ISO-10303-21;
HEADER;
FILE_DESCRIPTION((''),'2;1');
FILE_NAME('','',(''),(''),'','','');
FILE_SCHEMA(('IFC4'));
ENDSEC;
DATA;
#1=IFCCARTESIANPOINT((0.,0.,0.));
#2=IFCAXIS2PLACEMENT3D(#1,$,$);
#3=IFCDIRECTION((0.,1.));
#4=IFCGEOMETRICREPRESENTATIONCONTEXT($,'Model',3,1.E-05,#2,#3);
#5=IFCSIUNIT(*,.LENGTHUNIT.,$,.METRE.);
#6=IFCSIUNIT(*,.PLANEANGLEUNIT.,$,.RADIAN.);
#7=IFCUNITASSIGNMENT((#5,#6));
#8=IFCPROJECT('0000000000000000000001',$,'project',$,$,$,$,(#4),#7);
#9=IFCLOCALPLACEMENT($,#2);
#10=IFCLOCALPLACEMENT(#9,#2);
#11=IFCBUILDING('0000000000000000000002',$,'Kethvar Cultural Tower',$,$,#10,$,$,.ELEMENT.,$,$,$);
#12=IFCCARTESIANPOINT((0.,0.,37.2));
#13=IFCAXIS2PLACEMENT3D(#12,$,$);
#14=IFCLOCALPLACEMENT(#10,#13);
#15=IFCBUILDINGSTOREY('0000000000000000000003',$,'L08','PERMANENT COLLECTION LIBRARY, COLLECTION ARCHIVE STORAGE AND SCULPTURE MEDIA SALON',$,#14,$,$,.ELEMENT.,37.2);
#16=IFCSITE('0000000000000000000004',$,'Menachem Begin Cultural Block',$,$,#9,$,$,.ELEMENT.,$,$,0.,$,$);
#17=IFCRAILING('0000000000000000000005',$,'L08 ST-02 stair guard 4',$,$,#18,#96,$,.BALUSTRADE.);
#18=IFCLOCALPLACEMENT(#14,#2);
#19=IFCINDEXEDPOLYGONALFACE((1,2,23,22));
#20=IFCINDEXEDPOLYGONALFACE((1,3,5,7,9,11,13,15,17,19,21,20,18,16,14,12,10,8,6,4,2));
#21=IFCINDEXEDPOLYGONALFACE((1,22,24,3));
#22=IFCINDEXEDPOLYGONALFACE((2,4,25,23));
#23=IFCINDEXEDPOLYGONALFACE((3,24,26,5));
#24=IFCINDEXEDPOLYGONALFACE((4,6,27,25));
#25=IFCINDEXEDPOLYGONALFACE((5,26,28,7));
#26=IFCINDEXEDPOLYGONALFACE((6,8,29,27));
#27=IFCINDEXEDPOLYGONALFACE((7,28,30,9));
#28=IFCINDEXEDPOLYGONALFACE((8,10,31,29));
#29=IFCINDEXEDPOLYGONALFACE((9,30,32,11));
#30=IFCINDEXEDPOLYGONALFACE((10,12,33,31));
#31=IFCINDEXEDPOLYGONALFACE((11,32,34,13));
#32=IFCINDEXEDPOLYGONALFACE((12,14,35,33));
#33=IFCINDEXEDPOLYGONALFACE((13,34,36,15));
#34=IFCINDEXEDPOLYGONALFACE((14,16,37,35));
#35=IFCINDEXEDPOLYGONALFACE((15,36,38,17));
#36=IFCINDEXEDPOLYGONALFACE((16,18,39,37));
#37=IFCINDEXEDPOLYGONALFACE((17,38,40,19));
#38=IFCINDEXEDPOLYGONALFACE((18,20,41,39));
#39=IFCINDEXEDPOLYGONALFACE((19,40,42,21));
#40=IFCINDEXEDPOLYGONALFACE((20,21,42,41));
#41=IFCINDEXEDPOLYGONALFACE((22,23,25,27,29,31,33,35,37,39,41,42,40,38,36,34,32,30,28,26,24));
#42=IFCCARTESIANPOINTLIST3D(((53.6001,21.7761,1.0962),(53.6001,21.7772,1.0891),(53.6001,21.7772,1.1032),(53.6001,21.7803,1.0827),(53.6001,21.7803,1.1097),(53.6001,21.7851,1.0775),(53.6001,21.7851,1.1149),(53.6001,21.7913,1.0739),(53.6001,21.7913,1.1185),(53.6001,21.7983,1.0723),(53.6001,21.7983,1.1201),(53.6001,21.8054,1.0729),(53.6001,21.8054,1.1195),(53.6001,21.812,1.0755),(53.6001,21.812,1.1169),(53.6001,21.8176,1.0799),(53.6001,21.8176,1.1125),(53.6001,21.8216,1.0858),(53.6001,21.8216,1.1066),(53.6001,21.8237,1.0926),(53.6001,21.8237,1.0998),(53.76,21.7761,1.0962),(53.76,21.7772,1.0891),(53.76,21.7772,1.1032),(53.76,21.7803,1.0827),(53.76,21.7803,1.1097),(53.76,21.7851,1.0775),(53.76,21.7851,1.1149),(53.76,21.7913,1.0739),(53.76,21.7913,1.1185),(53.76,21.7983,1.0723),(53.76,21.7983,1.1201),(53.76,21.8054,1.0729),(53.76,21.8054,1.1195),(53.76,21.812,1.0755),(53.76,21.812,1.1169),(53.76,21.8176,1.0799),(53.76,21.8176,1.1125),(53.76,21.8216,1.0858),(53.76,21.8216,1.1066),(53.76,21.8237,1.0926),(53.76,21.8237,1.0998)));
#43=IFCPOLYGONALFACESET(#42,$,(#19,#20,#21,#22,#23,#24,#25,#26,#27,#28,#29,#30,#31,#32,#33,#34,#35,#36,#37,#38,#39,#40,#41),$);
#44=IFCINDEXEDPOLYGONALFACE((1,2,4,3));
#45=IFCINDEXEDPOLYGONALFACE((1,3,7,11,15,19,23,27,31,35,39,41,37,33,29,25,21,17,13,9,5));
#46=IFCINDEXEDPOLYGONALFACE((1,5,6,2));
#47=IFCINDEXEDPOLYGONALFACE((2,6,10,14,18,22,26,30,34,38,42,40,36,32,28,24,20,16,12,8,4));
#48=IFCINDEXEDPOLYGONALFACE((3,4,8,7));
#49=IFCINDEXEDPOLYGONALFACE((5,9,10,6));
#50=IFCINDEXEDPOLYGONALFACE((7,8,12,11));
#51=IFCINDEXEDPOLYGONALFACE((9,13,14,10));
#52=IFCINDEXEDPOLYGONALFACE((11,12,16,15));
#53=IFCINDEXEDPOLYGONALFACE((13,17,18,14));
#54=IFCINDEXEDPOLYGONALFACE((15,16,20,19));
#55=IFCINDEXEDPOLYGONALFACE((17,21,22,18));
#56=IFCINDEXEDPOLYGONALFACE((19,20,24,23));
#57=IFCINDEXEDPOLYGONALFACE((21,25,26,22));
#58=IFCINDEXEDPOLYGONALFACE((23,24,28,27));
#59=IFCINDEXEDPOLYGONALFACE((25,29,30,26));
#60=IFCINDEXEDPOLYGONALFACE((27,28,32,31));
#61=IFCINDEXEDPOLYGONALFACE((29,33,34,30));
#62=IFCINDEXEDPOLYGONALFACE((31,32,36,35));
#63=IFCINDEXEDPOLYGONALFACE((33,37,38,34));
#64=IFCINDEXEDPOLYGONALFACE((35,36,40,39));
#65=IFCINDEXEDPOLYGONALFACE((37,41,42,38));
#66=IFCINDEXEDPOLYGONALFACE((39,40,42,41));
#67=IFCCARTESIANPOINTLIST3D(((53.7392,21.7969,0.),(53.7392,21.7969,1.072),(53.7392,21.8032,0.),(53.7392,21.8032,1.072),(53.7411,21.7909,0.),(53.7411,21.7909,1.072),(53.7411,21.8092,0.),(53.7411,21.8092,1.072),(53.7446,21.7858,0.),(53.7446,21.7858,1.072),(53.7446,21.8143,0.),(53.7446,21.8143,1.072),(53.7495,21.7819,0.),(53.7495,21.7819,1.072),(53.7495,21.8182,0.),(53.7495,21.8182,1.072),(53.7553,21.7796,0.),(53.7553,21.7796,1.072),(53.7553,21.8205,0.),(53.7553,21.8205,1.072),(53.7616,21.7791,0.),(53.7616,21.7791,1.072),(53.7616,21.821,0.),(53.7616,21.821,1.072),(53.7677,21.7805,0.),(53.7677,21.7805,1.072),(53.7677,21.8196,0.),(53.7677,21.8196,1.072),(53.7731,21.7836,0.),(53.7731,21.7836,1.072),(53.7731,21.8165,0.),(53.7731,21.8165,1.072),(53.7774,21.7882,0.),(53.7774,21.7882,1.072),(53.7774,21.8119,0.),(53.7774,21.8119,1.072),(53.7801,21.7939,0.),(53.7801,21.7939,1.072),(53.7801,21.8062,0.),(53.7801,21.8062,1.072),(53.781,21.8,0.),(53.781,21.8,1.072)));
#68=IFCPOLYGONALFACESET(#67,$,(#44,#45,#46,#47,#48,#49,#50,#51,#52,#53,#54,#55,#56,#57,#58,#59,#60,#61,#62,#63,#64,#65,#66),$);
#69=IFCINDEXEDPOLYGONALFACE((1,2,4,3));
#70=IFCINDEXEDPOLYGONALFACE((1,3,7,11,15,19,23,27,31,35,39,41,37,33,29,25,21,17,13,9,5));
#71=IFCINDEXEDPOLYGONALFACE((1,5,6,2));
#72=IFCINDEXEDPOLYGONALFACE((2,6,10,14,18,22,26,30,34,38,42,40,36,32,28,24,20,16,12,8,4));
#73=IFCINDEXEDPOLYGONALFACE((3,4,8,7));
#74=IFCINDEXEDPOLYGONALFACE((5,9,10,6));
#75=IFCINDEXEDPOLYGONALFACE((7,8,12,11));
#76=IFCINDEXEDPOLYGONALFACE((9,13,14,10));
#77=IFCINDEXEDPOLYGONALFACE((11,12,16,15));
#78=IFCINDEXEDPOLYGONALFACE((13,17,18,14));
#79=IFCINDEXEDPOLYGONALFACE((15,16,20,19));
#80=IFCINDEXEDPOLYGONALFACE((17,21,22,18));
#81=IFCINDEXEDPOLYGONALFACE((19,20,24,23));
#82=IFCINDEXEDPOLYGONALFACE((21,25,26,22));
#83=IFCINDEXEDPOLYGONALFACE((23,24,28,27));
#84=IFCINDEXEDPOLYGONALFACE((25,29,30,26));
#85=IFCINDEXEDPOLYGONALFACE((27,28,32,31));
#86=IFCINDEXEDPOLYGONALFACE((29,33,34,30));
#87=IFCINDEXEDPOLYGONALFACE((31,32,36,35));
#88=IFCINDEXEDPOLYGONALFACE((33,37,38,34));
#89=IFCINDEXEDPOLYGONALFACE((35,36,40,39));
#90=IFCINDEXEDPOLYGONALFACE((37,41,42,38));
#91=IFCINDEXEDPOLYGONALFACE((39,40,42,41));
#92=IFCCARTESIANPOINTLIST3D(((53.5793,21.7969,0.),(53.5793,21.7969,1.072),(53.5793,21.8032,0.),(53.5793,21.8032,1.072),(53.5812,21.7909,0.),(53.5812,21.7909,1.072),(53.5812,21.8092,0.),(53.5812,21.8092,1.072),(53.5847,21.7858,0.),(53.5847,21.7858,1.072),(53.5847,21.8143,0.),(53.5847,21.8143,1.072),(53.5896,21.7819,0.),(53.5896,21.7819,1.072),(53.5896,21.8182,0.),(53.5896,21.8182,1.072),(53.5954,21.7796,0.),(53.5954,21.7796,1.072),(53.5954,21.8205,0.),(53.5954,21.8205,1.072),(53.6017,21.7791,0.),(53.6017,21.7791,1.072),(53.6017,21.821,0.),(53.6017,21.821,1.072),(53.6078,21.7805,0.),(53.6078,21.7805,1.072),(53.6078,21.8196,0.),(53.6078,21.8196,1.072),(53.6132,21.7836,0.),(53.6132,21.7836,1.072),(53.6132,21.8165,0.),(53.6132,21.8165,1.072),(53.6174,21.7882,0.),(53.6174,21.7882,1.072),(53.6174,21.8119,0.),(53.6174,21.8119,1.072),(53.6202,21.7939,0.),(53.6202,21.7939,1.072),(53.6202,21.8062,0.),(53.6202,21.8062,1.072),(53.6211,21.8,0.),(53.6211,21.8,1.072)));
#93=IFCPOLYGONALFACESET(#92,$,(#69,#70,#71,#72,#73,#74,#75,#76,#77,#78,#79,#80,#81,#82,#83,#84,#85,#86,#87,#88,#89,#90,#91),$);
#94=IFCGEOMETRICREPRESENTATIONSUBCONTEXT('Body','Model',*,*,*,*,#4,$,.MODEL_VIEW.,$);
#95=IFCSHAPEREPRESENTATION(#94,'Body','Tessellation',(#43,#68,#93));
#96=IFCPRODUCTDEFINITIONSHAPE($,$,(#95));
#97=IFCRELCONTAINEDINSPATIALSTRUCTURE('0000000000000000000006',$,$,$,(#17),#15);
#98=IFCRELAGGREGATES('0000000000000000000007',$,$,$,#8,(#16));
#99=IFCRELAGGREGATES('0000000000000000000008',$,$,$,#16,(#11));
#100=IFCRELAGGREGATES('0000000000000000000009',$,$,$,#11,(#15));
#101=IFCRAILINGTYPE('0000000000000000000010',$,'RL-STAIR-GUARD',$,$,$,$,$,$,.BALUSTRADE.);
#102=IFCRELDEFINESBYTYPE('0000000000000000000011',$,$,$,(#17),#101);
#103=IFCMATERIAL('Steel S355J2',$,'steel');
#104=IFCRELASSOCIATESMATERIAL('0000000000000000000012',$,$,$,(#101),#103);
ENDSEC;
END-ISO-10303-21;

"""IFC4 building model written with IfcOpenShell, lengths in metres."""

from ifc_helpers import new_model, si_unit, direction, frame, origin, origin_2d, place, context, subcontext, project, spatial, circle, extrude, material, type_object, element, save


model = new_model("IFC4")

# Units and contexts
model_context = context("Model", 3, precision=1e-05, world=origin(), true_north=direction((0.0, 1.0)))
body_context = subcontext(model_context, "Body", "Model", "MODEL_VIEW")
ifc_project = project(units=[si_unit("LENGTHUNIT", "METRE"), si_unit("PLANEANGLEUNIT", "RADIAN")], contexts=[model_context])

# Site, building, storey
site_placement = place(None, origin())
site = spatial("IfcSite", under=ifc_project, at=site_placement, Name="Menachem Begin Cultural Block", CompositionType="ELEMENT", RefElevation=0.0)
building_placement = place(site_placement, origin())
building = spatial("IfcBuilding", under=site, at=building_placement, Name="Kethvar Cultural Tower", CompositionType="ELEMENT")
storey_placement = place(building_placement, frame((0.0, 0.0, 37.2)))
storey = spatial("IfcBuildingStorey", under=building, at=storey_placement, Name="L08", Description="PERMANENT COLLECTION LIBRARY, COLLECTION ARCHIVE STORAGE AND SCULPTURE MEDIA SALON", CompositionType="ELEMENT", Elevation=37.2)

# Shared definitions
ifc_material_1 = material(Name="Steel S355J2", Category="steel")

# Railing
railing_type_1 = type_object("IfcRailingType", Name="RL-STAIR-GUARD", PredefinedType="BALUSTRADE", material=ifc_material_1)
railing_1_placement = place(storey_placement, frame((53.76, 21.8, 0.0)))
element("IfcRailing", 1, at=railing_1_placement, inside=storey, type_object=railing_type_1, Name="L08 ST-02 stair guard 4", PredefinedType="BALUSTRADE", context=body_context, shape_type="SweptSolid", body=[
    extrude(circle(Radius=0.0239, at=origin_2d()), frame((0.0, 0.0, 1.0962), z_axis=(-1.0, 0.0, 0.0), x_axis=(0.0, -1.0, 0.0)), (0.0, 0.0, 1.0), 0.1599),
    extrude(circle(Radius=0.021, at=origin_2d()), origin(), (0.0, 0.0, 1.0), 1.072),
    extrude(circle(Radius=0.021, at=origin_2d()), frame((-0.1599, 0.0, 0.0)), (0.0, 0.0, 1.0), 1.072),
])

save(model, "model.ifc")
